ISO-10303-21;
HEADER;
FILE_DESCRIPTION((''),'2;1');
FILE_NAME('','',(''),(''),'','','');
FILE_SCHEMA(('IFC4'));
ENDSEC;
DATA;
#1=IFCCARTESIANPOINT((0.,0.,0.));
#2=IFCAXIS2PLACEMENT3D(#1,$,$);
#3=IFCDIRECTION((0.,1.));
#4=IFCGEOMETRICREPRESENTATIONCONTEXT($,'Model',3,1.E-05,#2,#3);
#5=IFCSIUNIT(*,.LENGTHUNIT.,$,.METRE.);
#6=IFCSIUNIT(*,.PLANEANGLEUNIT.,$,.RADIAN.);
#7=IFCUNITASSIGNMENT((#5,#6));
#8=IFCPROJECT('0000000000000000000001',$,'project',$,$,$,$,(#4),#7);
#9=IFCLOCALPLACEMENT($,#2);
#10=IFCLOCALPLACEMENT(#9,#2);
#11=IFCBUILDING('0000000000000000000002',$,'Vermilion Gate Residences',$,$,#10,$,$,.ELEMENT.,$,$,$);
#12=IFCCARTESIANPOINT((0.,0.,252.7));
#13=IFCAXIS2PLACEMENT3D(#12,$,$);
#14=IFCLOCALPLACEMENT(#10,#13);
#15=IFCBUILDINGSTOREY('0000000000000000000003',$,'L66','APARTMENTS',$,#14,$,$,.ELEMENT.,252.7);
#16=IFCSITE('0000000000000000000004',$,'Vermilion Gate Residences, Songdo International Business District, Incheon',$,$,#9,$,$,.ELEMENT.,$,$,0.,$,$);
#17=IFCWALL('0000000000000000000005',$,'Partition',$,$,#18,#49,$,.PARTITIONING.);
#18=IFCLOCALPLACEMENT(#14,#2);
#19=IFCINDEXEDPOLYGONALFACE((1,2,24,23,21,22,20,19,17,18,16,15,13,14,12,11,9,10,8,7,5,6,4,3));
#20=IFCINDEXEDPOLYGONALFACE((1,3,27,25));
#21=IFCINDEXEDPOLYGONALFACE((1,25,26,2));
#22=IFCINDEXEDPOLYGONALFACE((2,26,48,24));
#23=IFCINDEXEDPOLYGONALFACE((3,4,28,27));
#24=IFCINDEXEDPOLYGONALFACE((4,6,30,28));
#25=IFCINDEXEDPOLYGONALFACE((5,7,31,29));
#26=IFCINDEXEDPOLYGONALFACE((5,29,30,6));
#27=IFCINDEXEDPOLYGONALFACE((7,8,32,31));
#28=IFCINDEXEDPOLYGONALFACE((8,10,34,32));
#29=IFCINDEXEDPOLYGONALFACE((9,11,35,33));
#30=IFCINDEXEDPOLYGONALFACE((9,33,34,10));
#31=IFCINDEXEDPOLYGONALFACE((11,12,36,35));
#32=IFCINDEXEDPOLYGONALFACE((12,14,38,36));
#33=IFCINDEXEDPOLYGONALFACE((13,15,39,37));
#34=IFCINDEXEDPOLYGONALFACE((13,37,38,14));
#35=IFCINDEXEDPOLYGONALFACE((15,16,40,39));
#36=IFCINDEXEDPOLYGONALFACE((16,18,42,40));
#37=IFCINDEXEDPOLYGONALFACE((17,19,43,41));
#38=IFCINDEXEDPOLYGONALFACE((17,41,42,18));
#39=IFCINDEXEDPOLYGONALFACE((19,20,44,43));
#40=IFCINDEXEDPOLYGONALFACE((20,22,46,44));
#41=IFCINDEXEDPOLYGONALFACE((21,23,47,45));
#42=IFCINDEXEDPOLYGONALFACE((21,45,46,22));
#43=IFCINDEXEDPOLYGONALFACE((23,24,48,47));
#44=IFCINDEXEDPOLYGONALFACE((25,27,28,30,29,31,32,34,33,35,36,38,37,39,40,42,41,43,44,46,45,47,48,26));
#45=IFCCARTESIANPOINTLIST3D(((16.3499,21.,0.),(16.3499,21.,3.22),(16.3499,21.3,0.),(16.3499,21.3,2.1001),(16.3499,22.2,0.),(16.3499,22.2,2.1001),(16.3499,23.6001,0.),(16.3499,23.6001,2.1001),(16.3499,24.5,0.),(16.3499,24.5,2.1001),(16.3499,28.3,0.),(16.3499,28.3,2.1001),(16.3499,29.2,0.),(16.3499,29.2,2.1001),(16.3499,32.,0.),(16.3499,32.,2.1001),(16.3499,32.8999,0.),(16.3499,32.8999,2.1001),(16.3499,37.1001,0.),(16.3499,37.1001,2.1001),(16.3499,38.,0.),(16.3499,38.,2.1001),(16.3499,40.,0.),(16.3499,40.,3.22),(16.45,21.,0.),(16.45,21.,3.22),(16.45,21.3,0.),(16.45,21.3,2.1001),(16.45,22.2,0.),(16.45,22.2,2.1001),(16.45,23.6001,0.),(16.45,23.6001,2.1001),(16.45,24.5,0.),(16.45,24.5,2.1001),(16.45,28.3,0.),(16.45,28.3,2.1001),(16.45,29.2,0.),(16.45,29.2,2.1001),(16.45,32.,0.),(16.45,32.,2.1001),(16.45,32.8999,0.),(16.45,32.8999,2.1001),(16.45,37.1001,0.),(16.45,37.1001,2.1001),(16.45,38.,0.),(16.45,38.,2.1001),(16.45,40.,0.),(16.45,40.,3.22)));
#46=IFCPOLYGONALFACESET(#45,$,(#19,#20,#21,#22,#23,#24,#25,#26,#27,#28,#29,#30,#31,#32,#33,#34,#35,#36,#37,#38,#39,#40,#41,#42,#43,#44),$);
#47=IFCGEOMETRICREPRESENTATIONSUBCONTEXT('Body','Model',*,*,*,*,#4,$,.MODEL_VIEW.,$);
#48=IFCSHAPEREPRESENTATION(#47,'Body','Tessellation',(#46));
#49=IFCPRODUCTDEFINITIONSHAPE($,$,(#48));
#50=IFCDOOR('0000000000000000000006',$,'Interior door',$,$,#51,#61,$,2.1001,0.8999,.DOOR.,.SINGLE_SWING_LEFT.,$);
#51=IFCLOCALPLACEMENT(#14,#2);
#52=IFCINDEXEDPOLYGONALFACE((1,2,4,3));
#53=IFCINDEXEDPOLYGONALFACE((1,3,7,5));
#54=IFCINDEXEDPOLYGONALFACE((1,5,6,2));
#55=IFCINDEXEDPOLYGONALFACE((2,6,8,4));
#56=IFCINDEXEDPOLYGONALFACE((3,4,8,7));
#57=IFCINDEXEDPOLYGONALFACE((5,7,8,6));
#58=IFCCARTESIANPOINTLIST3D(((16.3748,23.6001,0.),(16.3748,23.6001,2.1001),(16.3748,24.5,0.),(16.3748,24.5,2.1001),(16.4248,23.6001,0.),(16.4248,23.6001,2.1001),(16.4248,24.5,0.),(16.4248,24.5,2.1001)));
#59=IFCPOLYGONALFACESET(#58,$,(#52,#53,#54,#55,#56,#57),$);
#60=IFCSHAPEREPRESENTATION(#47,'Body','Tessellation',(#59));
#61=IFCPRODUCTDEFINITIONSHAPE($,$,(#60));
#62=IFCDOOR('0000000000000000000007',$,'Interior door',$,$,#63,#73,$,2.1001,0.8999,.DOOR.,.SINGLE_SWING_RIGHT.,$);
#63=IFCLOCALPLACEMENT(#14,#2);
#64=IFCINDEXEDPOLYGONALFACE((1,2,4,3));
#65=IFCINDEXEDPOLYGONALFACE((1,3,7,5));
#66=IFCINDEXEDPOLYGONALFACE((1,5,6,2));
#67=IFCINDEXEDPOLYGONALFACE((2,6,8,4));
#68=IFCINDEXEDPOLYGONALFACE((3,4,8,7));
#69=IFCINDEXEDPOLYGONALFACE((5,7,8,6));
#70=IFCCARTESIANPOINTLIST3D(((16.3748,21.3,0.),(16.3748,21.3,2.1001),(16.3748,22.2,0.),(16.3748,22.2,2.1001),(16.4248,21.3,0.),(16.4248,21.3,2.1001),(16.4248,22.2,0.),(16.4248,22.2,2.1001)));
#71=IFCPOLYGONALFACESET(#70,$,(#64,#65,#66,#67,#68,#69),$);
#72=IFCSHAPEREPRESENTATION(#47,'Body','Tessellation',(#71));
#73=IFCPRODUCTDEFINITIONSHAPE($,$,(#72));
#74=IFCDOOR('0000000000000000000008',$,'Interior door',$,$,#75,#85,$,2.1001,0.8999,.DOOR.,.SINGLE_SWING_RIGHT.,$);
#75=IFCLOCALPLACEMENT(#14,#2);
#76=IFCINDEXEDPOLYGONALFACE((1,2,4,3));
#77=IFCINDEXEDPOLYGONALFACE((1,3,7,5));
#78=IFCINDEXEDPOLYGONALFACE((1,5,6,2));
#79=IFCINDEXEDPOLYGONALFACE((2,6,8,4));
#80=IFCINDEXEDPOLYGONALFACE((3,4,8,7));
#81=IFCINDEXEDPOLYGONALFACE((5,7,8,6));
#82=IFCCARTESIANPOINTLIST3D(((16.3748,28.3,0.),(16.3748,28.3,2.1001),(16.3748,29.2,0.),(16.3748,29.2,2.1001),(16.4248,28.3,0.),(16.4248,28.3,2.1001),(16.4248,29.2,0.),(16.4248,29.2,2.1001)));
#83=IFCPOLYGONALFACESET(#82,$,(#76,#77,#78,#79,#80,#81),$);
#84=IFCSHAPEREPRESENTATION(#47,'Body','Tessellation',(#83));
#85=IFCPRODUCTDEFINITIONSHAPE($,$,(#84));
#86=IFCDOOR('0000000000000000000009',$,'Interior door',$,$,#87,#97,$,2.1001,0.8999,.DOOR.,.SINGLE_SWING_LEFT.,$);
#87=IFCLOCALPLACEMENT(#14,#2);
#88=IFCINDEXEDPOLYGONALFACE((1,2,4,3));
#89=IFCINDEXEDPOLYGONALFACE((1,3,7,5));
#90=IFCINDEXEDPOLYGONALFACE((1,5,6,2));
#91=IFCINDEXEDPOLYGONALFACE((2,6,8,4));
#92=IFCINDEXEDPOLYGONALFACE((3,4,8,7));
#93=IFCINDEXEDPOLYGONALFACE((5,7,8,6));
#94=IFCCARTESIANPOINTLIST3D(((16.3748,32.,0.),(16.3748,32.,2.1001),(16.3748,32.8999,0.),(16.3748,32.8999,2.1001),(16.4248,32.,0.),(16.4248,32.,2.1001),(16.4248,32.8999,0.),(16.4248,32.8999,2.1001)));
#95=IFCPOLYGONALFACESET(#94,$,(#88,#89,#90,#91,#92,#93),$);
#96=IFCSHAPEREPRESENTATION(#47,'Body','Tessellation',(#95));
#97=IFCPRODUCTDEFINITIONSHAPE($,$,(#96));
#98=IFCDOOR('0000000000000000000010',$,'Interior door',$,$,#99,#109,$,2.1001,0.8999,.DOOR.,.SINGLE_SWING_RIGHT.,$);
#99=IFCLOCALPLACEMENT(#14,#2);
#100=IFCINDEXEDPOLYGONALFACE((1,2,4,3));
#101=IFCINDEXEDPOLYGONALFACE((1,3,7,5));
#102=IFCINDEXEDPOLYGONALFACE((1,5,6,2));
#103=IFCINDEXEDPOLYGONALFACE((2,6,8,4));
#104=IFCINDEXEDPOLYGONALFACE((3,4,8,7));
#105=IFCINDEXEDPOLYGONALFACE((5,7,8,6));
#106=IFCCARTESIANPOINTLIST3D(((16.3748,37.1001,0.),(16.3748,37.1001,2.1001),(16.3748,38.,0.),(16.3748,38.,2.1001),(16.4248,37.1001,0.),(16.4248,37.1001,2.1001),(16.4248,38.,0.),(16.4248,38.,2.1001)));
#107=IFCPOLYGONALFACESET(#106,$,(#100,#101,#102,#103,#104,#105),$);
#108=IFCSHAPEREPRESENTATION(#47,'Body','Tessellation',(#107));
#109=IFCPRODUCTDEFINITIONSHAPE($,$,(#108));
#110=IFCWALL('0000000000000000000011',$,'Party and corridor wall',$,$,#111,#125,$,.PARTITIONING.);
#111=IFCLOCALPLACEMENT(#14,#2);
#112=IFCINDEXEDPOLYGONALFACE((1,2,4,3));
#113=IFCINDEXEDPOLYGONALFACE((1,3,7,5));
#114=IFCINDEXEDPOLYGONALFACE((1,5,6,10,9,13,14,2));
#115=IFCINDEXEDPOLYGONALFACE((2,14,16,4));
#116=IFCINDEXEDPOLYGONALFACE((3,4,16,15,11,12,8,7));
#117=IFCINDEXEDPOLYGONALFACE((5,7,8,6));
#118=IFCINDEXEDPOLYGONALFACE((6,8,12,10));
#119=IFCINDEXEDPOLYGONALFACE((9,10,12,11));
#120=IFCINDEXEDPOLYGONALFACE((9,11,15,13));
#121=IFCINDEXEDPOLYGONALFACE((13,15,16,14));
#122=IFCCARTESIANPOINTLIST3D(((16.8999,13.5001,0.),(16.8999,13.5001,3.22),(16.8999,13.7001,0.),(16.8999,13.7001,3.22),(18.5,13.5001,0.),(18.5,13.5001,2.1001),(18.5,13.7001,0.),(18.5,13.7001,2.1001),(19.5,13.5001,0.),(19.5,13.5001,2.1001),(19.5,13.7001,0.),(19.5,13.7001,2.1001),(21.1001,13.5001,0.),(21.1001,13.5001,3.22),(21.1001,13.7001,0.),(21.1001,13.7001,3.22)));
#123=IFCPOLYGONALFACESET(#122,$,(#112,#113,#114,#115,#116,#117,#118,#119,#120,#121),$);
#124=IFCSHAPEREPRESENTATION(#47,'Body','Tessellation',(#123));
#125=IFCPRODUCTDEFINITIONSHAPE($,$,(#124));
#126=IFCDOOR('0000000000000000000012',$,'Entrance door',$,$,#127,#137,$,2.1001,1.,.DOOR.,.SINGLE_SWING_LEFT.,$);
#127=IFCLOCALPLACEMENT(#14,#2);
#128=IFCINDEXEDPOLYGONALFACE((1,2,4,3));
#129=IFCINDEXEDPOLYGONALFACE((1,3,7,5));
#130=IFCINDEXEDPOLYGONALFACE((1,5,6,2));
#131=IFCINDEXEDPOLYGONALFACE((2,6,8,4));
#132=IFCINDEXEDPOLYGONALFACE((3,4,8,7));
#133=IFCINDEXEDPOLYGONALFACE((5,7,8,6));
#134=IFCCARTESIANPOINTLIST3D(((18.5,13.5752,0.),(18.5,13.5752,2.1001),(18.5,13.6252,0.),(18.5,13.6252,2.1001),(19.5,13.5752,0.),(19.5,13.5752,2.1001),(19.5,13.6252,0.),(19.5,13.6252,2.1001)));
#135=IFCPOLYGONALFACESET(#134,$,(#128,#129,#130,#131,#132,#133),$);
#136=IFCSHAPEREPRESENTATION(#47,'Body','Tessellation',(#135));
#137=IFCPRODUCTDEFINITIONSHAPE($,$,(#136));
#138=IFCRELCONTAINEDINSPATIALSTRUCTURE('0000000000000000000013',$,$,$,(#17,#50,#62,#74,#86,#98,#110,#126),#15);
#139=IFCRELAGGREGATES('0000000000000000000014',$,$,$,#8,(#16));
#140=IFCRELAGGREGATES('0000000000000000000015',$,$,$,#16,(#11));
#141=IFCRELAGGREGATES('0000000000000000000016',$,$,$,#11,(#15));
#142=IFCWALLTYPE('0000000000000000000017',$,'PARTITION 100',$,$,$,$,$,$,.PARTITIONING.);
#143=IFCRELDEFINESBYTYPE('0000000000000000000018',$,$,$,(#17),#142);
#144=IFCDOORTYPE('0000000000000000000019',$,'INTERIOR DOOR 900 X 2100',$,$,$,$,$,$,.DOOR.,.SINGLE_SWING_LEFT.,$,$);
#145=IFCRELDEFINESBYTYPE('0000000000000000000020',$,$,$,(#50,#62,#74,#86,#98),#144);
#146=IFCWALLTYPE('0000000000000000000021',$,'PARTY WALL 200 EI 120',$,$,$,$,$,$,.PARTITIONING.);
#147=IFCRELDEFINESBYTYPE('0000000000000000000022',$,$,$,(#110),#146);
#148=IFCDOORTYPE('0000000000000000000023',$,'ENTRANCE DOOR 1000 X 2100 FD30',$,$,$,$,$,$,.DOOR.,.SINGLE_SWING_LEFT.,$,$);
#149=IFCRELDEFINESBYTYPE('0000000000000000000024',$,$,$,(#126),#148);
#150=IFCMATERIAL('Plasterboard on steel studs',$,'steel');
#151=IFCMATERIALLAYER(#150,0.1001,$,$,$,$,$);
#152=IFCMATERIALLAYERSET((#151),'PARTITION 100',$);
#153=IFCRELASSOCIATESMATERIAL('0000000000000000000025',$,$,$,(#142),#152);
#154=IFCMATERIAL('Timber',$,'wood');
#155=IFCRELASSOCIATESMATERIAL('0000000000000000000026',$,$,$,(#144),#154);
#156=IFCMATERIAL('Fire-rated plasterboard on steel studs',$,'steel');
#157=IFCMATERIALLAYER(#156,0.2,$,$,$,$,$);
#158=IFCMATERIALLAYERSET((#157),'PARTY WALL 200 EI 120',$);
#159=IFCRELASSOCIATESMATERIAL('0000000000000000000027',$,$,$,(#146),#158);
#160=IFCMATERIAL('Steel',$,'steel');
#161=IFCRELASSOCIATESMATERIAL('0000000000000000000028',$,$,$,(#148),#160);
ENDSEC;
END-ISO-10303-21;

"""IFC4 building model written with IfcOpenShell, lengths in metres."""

from ifc_helpers import new_model, si_unit, direction, frame, frame_2d, origin, place, context, subcontext, project, spatial, rectangle, extrude, material, layer, layer_set, type_object, element, fill, save


model = new_model("IFC4")

# Units and contexts
model_context = context("Model", 3, precision=1e-05, world=origin(), true_north=direction((0.0, 1.0)))
body_context = subcontext(model_context, "Body", "Model", "MODEL_VIEW")
ifc_project = project(units=[si_unit("LENGTHUNIT", "METRE"), si_unit("PLANEANGLEUNIT", "RADIAN")], contexts=[model_context])

# Site, building, storey
site_placement = place(None, origin())
site = spatial("IfcSite", under=ifc_project, at=site_placement, Name="Vermilion Gate Residences, Songdo International Business District, Incheon", CompositionType="ELEMENT", RefElevation=0.0)
building_placement = place(site_placement, origin())
building = spatial("IfcBuilding", under=site, at=building_placement, Name="Vermilion Gate Residences", CompositionType="ELEMENT")
storey_placement = place(building_placement, frame((0.0, 0.0, 252.7)))
storey = spatial("IfcBuildingStorey", under=building, at=storey_placement, Name="L66", Description="APARTMENTS", CompositionType="ELEMENT", Elevation=252.7)

# Shared definitions
ifc_material_1 = material(Name="Plasterboard on steel studs", Category="steel")
ifc_layer_1 = layer(ifc_material_1, 0.1001)
ifc_layer_set_1 = layer_set([ifc_layer_1], Name="PARTITION 100")
wall_type_1 = type_object("IfcWallType", Name="PARTITION 100", PredefinedType="PARTITIONING", material=ifc_layer_set_1)

# Wall, openings, doors
ifc_material_2 = material(Name="Timber", Category="wood")
door_type_1 = type_object("IfcDoorType", Name="INTERIOR DOOR 900 X 2100", OperationType="SINGLE_SWING_LEFT", PredefinedType="DOOR", material=ifc_material_2)
wall_1_placement = place(storey_placement, frame((16.3999, 21.0, 0.0), z_axis=(0.0, 0.0, 1.0), x_axis=(0.0, 1.0, 0.0)))
wall_1 = element("IfcWall", 1, at=wall_1_placement, inside=storey, type_object=wall_type_1, Name="Partition", PredefinedType="PARTITIONING", context=body_context, shape_type="SweptSolid", body=[
    extrude(rectangle(XDim=19.0, YDim=0.1001, at=frame_2d((9.5, 0.0))), origin(), (0.0, 0.0, 1.0), 3.22),
])
opening_1_placement = place(wall_1_placement, frame((2.6001, 0.0, 0.0)))
opening_1 = element("IfcOpeningElement", 2, at=opening_1_placement, cuts=wall_1, PredefinedType="OPENING", context=body_context, shape_type="SweptSolid", body=[
    extrude(rectangle(XDim=0.8999, YDim=2.1001, at=frame_2d((0.45, 1.05))), frame((0.0, 0.0601, 0.0), z_axis=(0.0, -1.0, 0.0), x_axis=(1.0, 0.0, 0.0)), (0.0, 0.0, 1.0), 0.1201),
])
opening_2_placement = place(wall_1_placement, frame((0.3, 0.0, 0.0)))
opening_2 = element("IfcOpeningElement", 3, at=opening_2_placement, cuts=wall_1, PredefinedType="OPENING", context=body_context, shape_type="SweptSolid", body=[
    extrude(rectangle(XDim=0.8999, YDim=2.1001, at=frame_2d((0.45, 1.05))), frame((0.0, 0.0601, 0.0), z_axis=(0.0, -1.0, 0.0), x_axis=(1.0, 0.0, 0.0)), (0.0, 0.0, 1.0), 0.1201),
])
opening_3_placement = place(wall_1_placement, frame((7.3, 0.0, 0.0)))
opening_3 = element("IfcOpeningElement", 4, at=opening_3_placement, cuts=wall_1, PredefinedType="OPENING", context=body_context, shape_type="SweptSolid", body=[
    extrude(rectangle(XDim=0.8999, YDim=2.1001, at=frame_2d((0.45, 1.05))), frame((0.0, 0.0601, 0.0), z_axis=(0.0, -1.0, 0.0), x_axis=(1.0, 0.0, 0.0)), (0.0, 0.0, 1.0), 0.1201),
])
opening_4_placement = place(wall_1_placement, frame((11.0, 0.0, 0.0)))
opening_4 = element("IfcOpeningElement", 5, at=opening_4_placement, cuts=wall_1, PredefinedType="OPENING", context=body_context, shape_type="SweptSolid", body=[
    extrude(rectangle(XDim=0.8999, YDim=2.1001, at=frame_2d((0.45, 1.05))), frame((0.0, 0.0601, 0.0), z_axis=(0.0, -1.0, 0.0), x_axis=(1.0, 0.0, 0.0)), (0.0, 0.0, 1.0), 0.1201),
])
opening_5_placement = place(wall_1_placement, frame((16.1001, 0.0, 0.0)))
opening_5 = element("IfcOpeningElement", 6, at=opening_5_placement, cuts=wall_1, PredefinedType="OPENING", context=body_context, shape_type="SweptSolid", body=[
    extrude(rectangle(XDim=0.8999, YDim=2.1001, at=frame_2d((0.45, 1.05))), frame((0.0, 0.0601, 0.0), z_axis=(0.0, -1.0, 0.0), x_axis=(1.0, 0.0, 0.0)), (0.0, 0.0, 1.0), 0.1201),
])
door_1_placement = place(opening_1_placement, frame((0.8999, 0.0, 0.0), z_axis=(0.0, 0.0, 1.0), x_axis=(-1.0, 0.0, 0.0)))
door_1 = element("IfcDoor", 7, at=door_1_placement, inside=storey, type_object=door_type_1, Name="Interior door", OperationType="SINGLE_SWING_LEFT", OverallHeight=2.1001, OverallWidth=0.8999, PredefinedType="DOOR", context=body_context, shape_type="SweptSolid", body=[
    extrude(rectangle(XDim=0.8999, YDim=2.1001, at=frame_2d((0.45, 1.05))), frame((0.0, 0.0249, 0.0), z_axis=(0.0, -1.0, 0.0), x_axis=(1.0, 0.0, 0.0)), (0.0, 0.0, 1.0), 0.05),
])
fill(opening_1, door_1)
door_2_placement = place(opening_2_placement, frame((0.8999, 0.0, 0.0), z_axis=(0.0, 0.0, 1.0), x_axis=(-1.0, 0.0, 0.0)))
door_2 = element("IfcDoor", 8, at=door_2_placement, inside=storey, type_object=door_type_1, Name="Interior door", OperationType="SINGLE_SWING_RIGHT", OverallHeight=2.1001, OverallWidth=0.8999, PredefinedType="DOOR", context=body_context, shape_type="SweptSolid", body=[
    extrude(rectangle(XDim=0.8999, YDim=2.1001, at=frame_2d((0.45, 1.05))), frame((0.0, 0.0249, 0.0), z_axis=(0.0, -1.0, 0.0), x_axis=(1.0, 0.0, 0.0)), (0.0, 0.0, 1.0), 0.05),
])
fill(opening_2, door_2)
door_3_placement = place(opening_3_placement, frame((0.8999, 0.0, 0.0), z_axis=(0.0, 0.0, 1.0), x_axis=(-1.0, 0.0, 0.0)))
door_3 = element("IfcDoor", 9, at=door_3_placement, inside=storey, type_object=door_type_1, Name="Interior door", OperationType="SINGLE_SWING_RIGHT", OverallHeight=2.1001, OverallWidth=0.8999, PredefinedType="DOOR", context=body_context, shape_type="SweptSolid", body=[
    extrude(rectangle(XDim=0.8999, YDim=2.1001, at=frame_2d((0.45, 1.05))), frame((0.0, 0.0249, 0.0), z_axis=(0.0, -1.0, 0.0), x_axis=(1.0, 0.0, 0.0)), (0.0, 0.0, 1.0), 0.05),
])
fill(opening_3, door_3)
door_4_placement = place(opening_4_placement, frame((0.8999, 0.0, 0.0), z_axis=(0.0, 0.0, 1.0), x_axis=(-1.0, 0.0, 0.0)))
door_4 = element("IfcDoor", 10, at=door_4_placement, inside=storey, type_object=door_type_1, Name="Interior door", OperationType="SINGLE_SWING_LEFT", OverallHeight=2.1001, OverallWidth=0.8999, PredefinedType="DOOR", context=body_context, shape_type="SweptSolid", body=[
    extrude(rectangle(XDim=0.8999, YDim=2.1001, at=frame_2d((0.45, 1.05))), frame((0.0, 0.0249, 0.0), z_axis=(0.0, -1.0, 0.0), x_axis=(1.0, 0.0, 0.0)), (0.0, 0.0, 1.0), 0.05),
])
fill(opening_4, door_4)
door_5_placement = place(opening_5_placement, frame((0.8999, 0.0, 0.0), z_axis=(0.0, 0.0, 1.0), x_axis=(-1.0, 0.0, 0.0)))
door_5 = element("IfcDoor", 11, at=door_5_placement, inside=storey, type_object=door_type_1, Name="Interior door", OperationType="SINGLE_SWING_RIGHT", OverallHeight=2.1001, OverallWidth=0.8999, PredefinedType="DOOR", context=body_context, shape_type="SweptSolid", body=[
    extrude(rectangle(XDim=0.8999, YDim=2.1001, at=frame_2d((0.45, 1.05))), frame((0.0, 0.0249, 0.0), z_axis=(0.0, -1.0, 0.0), x_axis=(1.0, 0.0, 0.0)), (0.0, 0.0, 1.0), 0.05),
])
fill(opening_5, door_5)

# Wall, opening, door
ifc_material_3 = material(Name="Fire-rated plasterboard on steel studs", Category="steel")
ifc_layer_2 = layer(ifc_material_3, 0.2)
ifc_layer_set_2 = layer_set([ifc_layer_2], Name="PARTY WALL 200 EI 120")
wall_type_2 = type_object("IfcWallType", Name="PARTY WALL 200 EI 120", PredefinedType="PARTITIONING", material=ifc_layer_set_2)
wall_2_placement = place(storey_placement, frame((16.8999, 13.6001, 0.0), z_axis=(0.0, 0.0, 1.0), x_axis=(1.0, 0.0, 0.0)))
wall_2 = element("IfcWall", 12, at=wall_2_placement, inside=storey, type_object=wall_type_2, Name="Party and corridor wall", PredefinedType="PARTITIONING", context=body_context, shape_type="SweptSolid", body=[
    extrude(rectangle(XDim=4.2002, YDim=0.2, at=frame_2d((2.1001, 0.0))), origin(), (0.0, 0.0, 1.0), 3.22),
])
opening_6_placement = place(wall_2_placement, frame((1.6001, 0.0, 0.0)))
opening_6 = element("IfcOpeningElement", 13, at=opening_6_placement, cuts=wall_2, PredefinedType="OPENING", context=body_context, shape_type="SweptSolid", body=[
    extrude(rectangle(XDim=1.0, YDim=2.1001, at=frame_2d((0.5, 1.05))), frame((0.0, 0.1099, 0.0), z_axis=(0.0, -1.0, 0.0), x_axis=(1.0, 0.0, 0.0)), (0.0, 0.0, 1.0), 0.22),
])
ifc_material_4 = material(Name="Steel", Category="steel")
door_type_2 = type_object("IfcDoorType", Name="ENTRANCE DOOR 1000 X 2100 FD30", OperationType="SINGLE_SWING_LEFT", PredefinedType="DOOR", material=ifc_material_4)
door_6_placement = place(opening_6_placement, frame((1.0, 0.0, 0.0), z_axis=(0.0, 0.0, 1.0), x_axis=(-1.0, 0.0, 0.0)))
door_6 = element("IfcDoor", 14, at=door_6_placement, inside=storey, type_object=door_type_2, Name="Entrance door", OperationType="SINGLE_SWING_LEFT", OverallHeight=2.1001, OverallWidth=1.0, PredefinedType="DOOR", context=body_context, shape_type="SweptSolid", body=[
    extrude(rectangle(XDim=1.0, YDim=2.1001, at=frame_2d((0.5, 1.05))), frame((0.0, 0.0249, 0.0), z_axis=(0.0, -1.0, 0.0), x_axis=(1.0, 0.0, 0.0)), (0.0, 0.0, 1.0), 0.05),
])
fill(opening_6, door_6)

save(model, "model.ifc")
